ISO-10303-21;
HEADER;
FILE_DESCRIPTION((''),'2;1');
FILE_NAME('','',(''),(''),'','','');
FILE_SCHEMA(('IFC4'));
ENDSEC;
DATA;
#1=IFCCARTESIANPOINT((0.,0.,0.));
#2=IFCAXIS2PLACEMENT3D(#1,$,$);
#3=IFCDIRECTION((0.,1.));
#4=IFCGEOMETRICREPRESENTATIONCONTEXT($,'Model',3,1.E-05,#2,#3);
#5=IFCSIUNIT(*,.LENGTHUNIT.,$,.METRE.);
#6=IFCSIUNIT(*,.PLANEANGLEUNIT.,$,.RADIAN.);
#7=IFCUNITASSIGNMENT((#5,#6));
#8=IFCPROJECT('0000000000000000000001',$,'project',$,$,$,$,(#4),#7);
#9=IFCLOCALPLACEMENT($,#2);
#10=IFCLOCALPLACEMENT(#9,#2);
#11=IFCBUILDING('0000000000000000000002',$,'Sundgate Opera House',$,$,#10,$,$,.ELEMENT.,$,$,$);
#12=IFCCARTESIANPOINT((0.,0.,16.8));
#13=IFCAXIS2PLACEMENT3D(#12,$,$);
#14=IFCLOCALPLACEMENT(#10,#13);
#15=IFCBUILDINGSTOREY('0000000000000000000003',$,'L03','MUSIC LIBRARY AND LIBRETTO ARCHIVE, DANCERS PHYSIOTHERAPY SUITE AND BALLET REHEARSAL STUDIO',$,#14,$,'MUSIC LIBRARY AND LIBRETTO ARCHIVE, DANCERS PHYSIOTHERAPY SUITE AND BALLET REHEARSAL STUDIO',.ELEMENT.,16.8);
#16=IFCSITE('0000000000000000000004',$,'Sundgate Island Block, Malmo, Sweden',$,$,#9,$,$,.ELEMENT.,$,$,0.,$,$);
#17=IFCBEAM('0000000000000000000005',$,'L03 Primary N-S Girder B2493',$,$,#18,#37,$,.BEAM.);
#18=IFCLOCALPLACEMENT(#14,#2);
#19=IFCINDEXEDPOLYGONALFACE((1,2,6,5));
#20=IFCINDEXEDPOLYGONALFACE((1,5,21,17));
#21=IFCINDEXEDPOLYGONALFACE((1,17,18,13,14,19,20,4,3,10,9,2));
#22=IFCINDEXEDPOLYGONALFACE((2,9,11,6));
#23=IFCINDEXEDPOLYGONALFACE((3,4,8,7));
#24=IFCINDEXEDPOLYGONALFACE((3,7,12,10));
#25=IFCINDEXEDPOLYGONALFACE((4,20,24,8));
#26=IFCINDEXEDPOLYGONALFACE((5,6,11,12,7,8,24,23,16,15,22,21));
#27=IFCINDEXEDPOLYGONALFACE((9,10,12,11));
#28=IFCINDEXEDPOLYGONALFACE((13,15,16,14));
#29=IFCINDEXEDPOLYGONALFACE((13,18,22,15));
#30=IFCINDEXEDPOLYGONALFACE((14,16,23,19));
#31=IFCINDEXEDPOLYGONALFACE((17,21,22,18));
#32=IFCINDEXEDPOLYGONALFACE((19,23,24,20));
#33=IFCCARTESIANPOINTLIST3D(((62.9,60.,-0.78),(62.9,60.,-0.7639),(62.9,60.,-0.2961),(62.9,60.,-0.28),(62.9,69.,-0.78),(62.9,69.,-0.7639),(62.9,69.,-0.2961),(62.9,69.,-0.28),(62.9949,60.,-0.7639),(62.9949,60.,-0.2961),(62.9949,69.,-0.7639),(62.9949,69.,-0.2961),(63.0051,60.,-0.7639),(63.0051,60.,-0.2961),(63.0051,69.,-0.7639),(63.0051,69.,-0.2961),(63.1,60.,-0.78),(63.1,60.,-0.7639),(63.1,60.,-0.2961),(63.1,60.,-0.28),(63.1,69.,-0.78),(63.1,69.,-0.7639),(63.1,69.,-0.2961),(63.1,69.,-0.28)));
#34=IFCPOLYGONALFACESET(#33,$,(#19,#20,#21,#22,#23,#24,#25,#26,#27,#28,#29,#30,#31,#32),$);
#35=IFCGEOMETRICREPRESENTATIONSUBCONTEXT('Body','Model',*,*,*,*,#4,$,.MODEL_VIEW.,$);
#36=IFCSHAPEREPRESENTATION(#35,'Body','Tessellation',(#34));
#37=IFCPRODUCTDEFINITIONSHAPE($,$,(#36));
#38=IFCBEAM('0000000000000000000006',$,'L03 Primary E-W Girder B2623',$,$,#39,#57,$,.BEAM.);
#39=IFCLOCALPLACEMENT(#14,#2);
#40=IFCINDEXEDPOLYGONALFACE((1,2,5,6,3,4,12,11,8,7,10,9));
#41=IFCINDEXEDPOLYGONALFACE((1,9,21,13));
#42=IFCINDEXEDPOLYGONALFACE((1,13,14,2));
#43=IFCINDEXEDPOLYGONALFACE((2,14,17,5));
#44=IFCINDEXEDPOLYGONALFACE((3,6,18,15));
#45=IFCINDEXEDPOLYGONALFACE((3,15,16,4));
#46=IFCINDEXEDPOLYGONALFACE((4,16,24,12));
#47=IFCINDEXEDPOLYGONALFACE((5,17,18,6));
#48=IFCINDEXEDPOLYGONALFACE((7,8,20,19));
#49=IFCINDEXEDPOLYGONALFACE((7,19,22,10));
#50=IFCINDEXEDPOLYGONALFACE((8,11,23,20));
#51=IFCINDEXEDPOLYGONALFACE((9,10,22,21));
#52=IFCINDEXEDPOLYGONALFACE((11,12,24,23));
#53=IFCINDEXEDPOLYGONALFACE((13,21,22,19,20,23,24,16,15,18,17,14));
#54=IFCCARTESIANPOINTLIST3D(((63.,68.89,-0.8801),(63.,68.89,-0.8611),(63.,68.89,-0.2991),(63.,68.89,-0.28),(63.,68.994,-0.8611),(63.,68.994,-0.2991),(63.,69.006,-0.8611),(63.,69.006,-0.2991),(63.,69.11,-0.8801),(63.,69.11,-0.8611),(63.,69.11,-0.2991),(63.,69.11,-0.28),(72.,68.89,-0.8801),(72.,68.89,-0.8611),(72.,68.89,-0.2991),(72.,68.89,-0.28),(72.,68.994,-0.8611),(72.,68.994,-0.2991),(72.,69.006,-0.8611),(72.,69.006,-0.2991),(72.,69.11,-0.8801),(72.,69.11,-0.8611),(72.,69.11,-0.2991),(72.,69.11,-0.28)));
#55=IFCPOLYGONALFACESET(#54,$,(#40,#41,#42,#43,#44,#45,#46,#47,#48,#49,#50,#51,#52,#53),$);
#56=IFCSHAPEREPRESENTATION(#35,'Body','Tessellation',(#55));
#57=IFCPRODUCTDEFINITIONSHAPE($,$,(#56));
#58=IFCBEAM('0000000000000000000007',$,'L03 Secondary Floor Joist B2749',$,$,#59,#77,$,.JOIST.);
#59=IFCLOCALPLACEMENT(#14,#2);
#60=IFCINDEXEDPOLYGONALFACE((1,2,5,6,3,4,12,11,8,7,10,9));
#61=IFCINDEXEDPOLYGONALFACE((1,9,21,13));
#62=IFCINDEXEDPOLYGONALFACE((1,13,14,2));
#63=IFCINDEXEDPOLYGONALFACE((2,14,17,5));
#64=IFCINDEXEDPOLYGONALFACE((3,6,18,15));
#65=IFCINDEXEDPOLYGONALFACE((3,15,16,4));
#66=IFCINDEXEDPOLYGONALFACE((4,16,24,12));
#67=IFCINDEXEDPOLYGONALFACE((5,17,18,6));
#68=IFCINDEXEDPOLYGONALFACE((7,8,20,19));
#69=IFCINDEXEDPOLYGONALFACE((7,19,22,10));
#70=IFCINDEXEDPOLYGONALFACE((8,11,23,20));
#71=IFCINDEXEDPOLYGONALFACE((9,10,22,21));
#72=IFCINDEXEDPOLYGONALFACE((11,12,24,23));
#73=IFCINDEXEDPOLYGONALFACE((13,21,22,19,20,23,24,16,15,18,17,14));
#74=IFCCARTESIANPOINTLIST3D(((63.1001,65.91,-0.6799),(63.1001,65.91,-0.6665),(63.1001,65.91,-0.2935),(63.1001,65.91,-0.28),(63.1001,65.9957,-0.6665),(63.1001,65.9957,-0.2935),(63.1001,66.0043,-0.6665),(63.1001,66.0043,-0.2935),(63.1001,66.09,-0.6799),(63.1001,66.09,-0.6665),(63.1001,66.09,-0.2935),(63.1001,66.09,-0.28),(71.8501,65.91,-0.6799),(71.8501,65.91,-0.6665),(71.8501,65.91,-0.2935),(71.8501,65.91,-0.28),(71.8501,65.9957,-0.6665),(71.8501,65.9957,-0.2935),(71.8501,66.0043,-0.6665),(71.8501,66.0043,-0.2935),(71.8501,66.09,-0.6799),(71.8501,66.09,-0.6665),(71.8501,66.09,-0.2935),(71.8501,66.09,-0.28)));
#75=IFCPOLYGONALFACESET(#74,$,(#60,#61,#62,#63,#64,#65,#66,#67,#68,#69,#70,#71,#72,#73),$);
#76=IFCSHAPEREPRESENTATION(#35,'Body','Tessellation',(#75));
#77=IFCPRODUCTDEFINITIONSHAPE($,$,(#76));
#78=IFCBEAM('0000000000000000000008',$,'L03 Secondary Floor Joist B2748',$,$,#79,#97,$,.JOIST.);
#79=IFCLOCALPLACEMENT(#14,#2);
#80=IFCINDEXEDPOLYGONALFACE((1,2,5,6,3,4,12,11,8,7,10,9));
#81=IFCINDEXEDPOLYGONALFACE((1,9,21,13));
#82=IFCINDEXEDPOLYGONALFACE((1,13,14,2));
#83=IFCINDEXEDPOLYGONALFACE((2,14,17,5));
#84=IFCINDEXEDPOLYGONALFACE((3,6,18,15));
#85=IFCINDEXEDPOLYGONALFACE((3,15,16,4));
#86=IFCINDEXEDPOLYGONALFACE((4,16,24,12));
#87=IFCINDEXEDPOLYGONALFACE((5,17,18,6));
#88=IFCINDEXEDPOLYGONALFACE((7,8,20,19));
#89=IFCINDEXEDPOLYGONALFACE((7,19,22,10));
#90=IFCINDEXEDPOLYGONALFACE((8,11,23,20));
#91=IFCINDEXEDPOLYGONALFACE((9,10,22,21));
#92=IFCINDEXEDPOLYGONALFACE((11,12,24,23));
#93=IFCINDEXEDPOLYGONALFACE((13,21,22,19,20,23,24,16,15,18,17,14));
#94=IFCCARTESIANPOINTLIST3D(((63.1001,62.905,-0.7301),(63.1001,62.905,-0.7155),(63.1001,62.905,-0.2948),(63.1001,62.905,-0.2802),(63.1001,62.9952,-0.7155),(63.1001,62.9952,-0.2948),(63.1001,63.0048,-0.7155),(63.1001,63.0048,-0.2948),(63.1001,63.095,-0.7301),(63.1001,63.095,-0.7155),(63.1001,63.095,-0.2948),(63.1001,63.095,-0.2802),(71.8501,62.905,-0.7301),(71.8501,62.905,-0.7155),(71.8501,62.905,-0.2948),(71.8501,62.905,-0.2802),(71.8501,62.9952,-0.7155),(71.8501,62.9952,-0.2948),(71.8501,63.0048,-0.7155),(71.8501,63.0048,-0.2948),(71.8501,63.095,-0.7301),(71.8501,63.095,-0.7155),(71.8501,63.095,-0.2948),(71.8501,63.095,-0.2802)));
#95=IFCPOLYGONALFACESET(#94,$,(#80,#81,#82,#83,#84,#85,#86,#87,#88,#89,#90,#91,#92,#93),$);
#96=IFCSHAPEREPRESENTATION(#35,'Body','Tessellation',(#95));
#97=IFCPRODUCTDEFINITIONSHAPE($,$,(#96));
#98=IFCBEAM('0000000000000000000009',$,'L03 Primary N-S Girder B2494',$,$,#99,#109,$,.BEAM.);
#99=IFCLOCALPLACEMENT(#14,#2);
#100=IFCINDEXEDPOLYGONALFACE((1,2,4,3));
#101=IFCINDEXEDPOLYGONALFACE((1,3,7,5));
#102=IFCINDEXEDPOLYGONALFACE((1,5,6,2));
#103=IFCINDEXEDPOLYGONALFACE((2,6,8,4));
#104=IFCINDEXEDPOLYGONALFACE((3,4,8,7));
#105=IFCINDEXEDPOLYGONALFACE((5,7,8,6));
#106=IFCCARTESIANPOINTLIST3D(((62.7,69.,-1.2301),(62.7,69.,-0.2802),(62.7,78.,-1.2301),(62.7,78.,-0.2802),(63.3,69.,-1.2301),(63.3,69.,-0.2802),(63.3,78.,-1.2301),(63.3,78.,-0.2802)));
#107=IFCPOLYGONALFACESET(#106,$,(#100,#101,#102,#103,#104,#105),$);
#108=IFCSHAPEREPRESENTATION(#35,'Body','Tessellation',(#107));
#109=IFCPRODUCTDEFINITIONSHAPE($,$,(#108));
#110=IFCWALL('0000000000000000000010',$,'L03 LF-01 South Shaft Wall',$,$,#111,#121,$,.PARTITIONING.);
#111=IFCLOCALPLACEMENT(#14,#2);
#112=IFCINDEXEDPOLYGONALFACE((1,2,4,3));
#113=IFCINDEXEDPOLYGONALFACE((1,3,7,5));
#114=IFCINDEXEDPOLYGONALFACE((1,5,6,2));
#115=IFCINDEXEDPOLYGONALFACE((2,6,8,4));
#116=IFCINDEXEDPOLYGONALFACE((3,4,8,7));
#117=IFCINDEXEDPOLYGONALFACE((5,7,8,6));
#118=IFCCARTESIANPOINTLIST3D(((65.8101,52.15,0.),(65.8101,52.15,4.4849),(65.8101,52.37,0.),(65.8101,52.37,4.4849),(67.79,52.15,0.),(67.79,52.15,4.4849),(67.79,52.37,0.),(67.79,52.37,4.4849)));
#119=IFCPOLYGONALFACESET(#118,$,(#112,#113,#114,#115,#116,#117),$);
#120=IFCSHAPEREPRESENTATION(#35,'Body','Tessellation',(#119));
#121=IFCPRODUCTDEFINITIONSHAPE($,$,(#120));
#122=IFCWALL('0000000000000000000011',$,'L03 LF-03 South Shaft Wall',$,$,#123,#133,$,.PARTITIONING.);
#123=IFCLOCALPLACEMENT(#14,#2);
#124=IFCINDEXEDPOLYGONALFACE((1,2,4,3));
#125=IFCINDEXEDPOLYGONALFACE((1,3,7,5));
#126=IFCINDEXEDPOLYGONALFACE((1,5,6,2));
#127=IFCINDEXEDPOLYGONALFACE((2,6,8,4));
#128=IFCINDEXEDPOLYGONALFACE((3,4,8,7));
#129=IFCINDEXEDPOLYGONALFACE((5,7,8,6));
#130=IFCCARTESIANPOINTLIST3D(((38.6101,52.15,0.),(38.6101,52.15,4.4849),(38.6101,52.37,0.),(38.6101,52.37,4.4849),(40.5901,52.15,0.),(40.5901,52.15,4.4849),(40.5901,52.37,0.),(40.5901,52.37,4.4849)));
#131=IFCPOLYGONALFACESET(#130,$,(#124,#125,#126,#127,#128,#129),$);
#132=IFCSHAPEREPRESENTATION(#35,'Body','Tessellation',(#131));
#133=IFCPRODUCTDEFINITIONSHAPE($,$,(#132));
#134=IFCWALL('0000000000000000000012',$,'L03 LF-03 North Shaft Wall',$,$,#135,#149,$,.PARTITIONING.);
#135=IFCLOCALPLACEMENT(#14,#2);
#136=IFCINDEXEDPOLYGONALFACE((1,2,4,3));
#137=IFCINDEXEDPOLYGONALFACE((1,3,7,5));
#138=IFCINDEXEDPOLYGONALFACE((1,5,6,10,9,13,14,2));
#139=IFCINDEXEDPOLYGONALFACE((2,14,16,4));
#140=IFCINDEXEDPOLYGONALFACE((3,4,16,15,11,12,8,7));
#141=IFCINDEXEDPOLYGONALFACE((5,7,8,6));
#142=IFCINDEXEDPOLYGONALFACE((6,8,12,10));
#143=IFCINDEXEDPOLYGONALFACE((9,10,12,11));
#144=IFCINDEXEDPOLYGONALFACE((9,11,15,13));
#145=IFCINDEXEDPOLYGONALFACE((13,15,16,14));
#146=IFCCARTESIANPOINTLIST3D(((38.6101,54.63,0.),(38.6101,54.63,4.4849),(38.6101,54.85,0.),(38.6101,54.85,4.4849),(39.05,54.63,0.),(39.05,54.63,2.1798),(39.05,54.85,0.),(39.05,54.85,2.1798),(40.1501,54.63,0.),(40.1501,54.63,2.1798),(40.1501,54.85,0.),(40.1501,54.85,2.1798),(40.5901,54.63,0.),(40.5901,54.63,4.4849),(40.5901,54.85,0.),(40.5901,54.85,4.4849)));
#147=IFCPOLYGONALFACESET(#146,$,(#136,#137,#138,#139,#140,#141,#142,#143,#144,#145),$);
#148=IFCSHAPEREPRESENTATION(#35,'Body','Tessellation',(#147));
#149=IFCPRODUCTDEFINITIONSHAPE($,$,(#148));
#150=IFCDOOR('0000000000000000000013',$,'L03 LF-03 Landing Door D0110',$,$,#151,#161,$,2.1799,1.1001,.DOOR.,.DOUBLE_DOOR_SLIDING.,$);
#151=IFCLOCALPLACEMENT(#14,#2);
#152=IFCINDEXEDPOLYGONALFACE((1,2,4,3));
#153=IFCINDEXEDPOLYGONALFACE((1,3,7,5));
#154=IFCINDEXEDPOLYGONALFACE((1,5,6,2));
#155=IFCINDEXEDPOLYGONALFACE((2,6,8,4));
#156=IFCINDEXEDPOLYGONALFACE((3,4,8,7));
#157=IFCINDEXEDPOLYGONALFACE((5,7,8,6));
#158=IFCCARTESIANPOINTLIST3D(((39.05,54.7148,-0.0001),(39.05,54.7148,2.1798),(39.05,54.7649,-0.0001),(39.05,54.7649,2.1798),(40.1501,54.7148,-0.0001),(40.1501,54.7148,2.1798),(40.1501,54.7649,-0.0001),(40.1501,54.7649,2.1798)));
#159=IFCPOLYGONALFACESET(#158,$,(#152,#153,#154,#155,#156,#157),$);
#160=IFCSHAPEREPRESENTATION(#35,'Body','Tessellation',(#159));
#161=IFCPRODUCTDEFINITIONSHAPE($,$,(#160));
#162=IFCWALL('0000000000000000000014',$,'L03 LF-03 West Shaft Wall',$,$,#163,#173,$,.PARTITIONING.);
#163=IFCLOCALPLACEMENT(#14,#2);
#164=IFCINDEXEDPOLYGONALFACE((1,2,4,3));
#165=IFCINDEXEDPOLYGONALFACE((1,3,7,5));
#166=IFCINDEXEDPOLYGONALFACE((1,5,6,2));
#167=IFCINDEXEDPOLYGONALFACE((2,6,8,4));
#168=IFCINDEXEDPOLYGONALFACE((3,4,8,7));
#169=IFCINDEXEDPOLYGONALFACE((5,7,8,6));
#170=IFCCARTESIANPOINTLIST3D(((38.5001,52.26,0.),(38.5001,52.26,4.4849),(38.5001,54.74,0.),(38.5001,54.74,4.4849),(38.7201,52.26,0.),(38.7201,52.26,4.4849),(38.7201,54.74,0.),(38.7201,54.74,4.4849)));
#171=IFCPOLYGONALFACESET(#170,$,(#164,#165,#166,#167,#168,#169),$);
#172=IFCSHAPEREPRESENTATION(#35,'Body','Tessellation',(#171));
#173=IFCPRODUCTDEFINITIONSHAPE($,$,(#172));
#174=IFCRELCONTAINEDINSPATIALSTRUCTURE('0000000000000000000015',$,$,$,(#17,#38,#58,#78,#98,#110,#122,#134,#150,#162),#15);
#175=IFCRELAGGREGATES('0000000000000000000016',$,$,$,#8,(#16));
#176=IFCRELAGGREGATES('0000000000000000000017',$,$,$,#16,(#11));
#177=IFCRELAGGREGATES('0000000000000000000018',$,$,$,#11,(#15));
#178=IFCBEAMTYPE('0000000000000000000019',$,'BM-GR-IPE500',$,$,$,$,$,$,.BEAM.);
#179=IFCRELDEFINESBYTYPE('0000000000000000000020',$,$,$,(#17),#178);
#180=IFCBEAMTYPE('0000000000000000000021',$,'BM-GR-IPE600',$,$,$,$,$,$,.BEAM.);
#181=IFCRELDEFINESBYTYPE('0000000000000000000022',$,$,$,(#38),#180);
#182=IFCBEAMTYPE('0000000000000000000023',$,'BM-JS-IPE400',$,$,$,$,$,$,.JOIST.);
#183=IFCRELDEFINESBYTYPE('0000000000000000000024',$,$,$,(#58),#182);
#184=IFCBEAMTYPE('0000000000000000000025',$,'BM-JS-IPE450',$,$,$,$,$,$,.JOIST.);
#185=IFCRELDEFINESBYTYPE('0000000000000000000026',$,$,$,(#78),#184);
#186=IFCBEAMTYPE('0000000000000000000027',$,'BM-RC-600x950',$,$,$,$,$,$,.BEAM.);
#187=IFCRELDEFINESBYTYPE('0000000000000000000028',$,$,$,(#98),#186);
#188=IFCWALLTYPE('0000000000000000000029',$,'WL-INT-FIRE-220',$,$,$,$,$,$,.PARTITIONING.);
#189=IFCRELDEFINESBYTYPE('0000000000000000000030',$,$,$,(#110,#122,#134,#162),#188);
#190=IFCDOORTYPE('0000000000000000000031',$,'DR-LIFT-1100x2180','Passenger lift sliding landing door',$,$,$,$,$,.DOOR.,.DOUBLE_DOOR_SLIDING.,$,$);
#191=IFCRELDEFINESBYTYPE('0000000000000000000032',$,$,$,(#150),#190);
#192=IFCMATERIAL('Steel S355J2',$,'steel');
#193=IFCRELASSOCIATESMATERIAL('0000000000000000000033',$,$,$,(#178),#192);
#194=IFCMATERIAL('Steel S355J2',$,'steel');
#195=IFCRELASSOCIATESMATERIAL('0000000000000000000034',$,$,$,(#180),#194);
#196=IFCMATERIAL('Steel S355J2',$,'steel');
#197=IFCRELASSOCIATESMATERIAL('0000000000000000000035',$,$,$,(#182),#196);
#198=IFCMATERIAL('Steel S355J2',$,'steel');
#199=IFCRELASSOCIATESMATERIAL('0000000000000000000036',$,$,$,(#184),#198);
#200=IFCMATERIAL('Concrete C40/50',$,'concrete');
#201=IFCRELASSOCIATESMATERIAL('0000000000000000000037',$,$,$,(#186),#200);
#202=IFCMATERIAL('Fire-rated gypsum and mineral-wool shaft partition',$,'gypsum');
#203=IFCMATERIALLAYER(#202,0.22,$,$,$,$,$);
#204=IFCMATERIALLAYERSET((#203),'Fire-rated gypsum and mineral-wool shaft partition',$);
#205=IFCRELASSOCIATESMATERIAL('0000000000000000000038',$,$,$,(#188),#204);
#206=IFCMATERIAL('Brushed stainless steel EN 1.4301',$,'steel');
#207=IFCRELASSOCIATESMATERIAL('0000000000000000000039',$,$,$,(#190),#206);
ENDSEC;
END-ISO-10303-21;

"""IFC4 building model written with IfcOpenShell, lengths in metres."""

from ifc_helpers import new_model, si_unit, direction, frame, frame_2d, origin, origin_2d, place, context, subcontext, project, spatial, rectangle, i_section, extrude, material, layer, layer_set, material_profile, profile_set, type_object, element, fill, save


model = new_model("IFC4")

# Units and contexts
model_context = context("Model", 3, precision=1e-05, world=origin(), true_north=direction((0.0, 1.0)))
body_context = subcontext(model_context, "Body", "Model", "MODEL_VIEW")
ifc_project = project(units=[si_unit("LENGTHUNIT", "METRE"), si_unit("PLANEANGLEUNIT", "RADIAN")], contexts=[model_context])

# Site, building, storey
site_placement = place(None, origin())
site = spatial("IfcSite", under=ifc_project, at=site_placement, Name="Sundgate Island Block, Malmo, Sweden", CompositionType="ELEMENT", RefElevation=0.0)
building_placement = place(site_placement, origin())
building = spatial("IfcBuilding", under=site, at=building_placement, Name="Sundgate Opera House", CompositionType="ELEMENT")
storey_placement = place(building_placement, frame((0.0, 0.0, 16.8)))
storey = spatial("IfcBuildingStorey", under=building, at=storey_placement, Name="L03", Description="MUSIC LIBRARY AND LIBRETTO ARCHIVE, DANCERS PHYSIOTHERAPY SUITE AND BALLET REHEARSAL STUDIO", LongName="MUSIC LIBRARY AND LIBRETTO ARCHIVE, DANCERS PHYSIOTHERAPY SUITE AND BALLET REHEARSAL STUDIO", CompositionType="ELEMENT", Elevation=16.8)

# Beams
ifc_material_1 = material(Name="Steel S355J2", Category="steel")
ifc_material_profile_1 = material_profile(ifc_material_1, i_section(OverallWidth=0.2, OverallDepth=0.5, WebThickness=0.0103, FlangeThickness=0.0161, at=origin_2d()), Name="IPE 500")
ifc_profile_set_1 = profile_set([ifc_material_profile_1], Name="Steel S355J2")
beam_type_1 = type_object("IfcBeamType", Name="BM-GR-IPE500", PredefinedType="BEAM", material=ifc_profile_set_1)
beam_1_placement = place(storey_placement, frame((63.0, 60.0, -0.53), z_axis=(0.0, 1.0, 0.0), x_axis=(-1.0, 0.0, 0.0)))
element("IfcBeam", 1, at=beam_1_placement, inside=storey, type_object=beam_type_1, Name="L03 Primary N-S Girder B2493", PredefinedType="BEAM", context=body_context, shape_type="SweptSolid", body=[
    extrude(i_section(OverallWidth=0.2, OverallDepth=0.5, WebThickness=0.0103, FlangeThickness=0.0161, at=origin_2d()), origin(), (0.0, 0.0, 1.0), 9.0),
])
ifc_material_2 = material(Name="Steel S355J2", Category="steel")
ifc_material_profile_2 = material_profile(ifc_material_2, i_section(OverallWidth=0.22, OverallDepth=0.6001, WebThickness=0.012, FlangeThickness=0.019, at=origin_2d()), Name="IPE 600")
ifc_profile_set_2 = profile_set([ifc_material_profile_2], Name="Steel S355J2")
beam_type_2 = type_object("IfcBeamType", Name="BM-GR-IPE600", PredefinedType="BEAM", material=ifc_profile_set_2)
beam_2_placement = place(storey_placement, frame((63.0, 69.0, -0.5801), z_axis=(1.0, 0.0, 0.0), x_axis=(0.0, 1.0, 0.0)))
element("IfcBeam", 2, at=beam_2_placement, inside=storey, type_object=beam_type_2, Name="L03 Primary E-W Girder B2623", PredefinedType="BEAM", context=body_context, shape_type="SweptSolid", body=[
    extrude(i_section(OverallWidth=0.22, OverallDepth=0.6001, WebThickness=0.012, FlangeThickness=0.019, at=origin_2d()), origin(), (0.0, 0.0, 1.0), 9.0),
])
ifc_material_3 = material(Name="Steel S355J2", Category="steel")
ifc_material_profile_3 = material_profile(ifc_material_3, i_section(OverallWidth=0.1799, OverallDepth=0.3999, WebThickness=0.0085, FlangeThickness=0.0134, at=origin_2d()), Name="IPE 400")
ifc_profile_set_3 = profile_set([ifc_material_profile_3], Name="Steel S355J2")
beam_type_3 = type_object("IfcBeamType", Name="BM-JS-IPE400", PredefinedType="JOIST", material=ifc_profile_set_3)
beam_3_placement = place(storey_placement, frame((63.1001, 66.0, -0.48), z_axis=(1.0, 0.0, 0.0), x_axis=(0.0, 1.0, 0.0)))
element("IfcBeam", 3, at=beam_3_placement, inside=storey, type_object=beam_type_3, Name="L03 Secondary Floor Joist B2749", PredefinedType="JOIST", context=body_context, shape_type="SweptSolid", body=[
    extrude(i_section(OverallWidth=0.1799, OverallDepth=0.3999, WebThickness=0.0085, FlangeThickness=0.0134, at=origin_2d()), origin(), (0.0, 0.0, 1.0), 8.75),
])
ifc_material_4 = material(Name="Steel S355J2", Category="steel")
ifc_material_profile_4 = material_profile(ifc_material_4, i_section(OverallWidth=0.1899, OverallDepth=0.45, WebThickness=0.0095, FlangeThickness=0.0146, at=origin_2d()), Name="IPE 450")
ifc_profile_set_4 = profile_set([ifc_material_profile_4], Name="Steel S355J2")
beam_type_4 = type_object("IfcBeamType", Name="BM-JS-IPE450", PredefinedType="JOIST", material=ifc_profile_set_4)
beam_4_placement = place(storey_placement, frame((63.1001, 63.0, -0.5051), z_axis=(1.0, 0.0, 0.0), x_axis=(0.0, 1.0, 0.0)))
element("IfcBeam", 4, at=beam_4_placement, inside=storey, type_object=beam_type_4, Name="L03 Secondary Floor Joist B2748", PredefinedType="JOIST", context=body_context, shape_type="SweptSolid", body=[
    extrude(i_section(OverallWidth=0.1899, OverallDepth=0.45, WebThickness=0.0095, FlangeThickness=0.0146, at=origin_2d()), origin(), (0.0, 0.0, 1.0), 8.75),
])
ifc_material_5 = material(Name="Concrete C40/50", Category="concrete")
ifc_material_profile_5 = material_profile(ifc_material_5, rectangle(XDim=0.6001, YDim=0.95, at=origin_2d()), Name="RC 600x950")
ifc_profile_set_5 = profile_set([ifc_material_profile_5], Name="Concrete C40/50")
beam_type_5 = type_object("IfcBeamType", Name="BM-RC-600x950", PredefinedType="BEAM", material=ifc_profile_set_5)
beam_5_placement = place(storey_placement, frame((63.0, 69.0, -0.7551), z_axis=(0.0, 1.0, 0.0), x_axis=(-1.0, 0.0, 0.0)))
element("IfcBeam", 5, at=beam_5_placement, inside=storey, type_object=beam_type_5, Name="L03 Primary N-S Girder B2494", PredefinedType="BEAM", context=body_context, shape_type="SweptSolid", body=[
    extrude(rectangle(XDim=0.6001, YDim=0.95, at=origin_2d()), origin(), (0.0, 0.0, 1.0), 9.0),
])

# Walls
ifc_material_6 = material(Name="Fire-rated gypsum and mineral-wool shaft partition", Category="gypsum")
ifc_layer_1 = layer(ifc_material_6, 0.22)
ifc_layer_set_1 = layer_set([ifc_layer_1], Name="Fire-rated gypsum and mineral-wool shaft partition")
wall_type_1 = type_object("IfcWallType", Name="WL-INT-FIRE-220", PredefinedType="PARTITIONING", material=ifc_layer_set_1)
for number, where, z_axis, x_axis, name in (
    (6, (65.8101, 52.26, 0.0), (0.0, 0.0, 1.0), (1.0, 0.0, 0.0), "L03 LF-01 South Shaft Wall"),
    (7, (38.6101, 52.26, 0.0), (0.0, 0.0, 1.0), (1.0, 0.0, 0.0), "L03 LF-03 South Shaft Wall"),
):
    element("IfcWall", number, at=place(storey_placement, frame(where, z_axis=z_axis, x_axis=x_axis)), inside=storey, type_object=wall_type_1, Name=name, PredefinedType="PARTITIONING", context=body_context, shape_type="SweptSolid", body=[
        extrude(rectangle(XDim=1.98, YDim=0.22, at=frame_2d((0.99, 0.0))), origin(), (0.0, 0.0, 1.0), 4.4849),
    ])

# Wall, opening, door
wall_1_placement = place(storey_placement, frame((38.6101, 54.74, 0.0), z_axis=(0.0, 0.0, 1.0), x_axis=(1.0, 0.0, 0.0)))
wall_1 = element("IfcWall", 8, at=wall_1_placement, inside=storey, type_object=wall_type_1, Name="L03 LF-03 North Shaft Wall", PredefinedType="PARTITIONING", context=body_context, shape_type="SweptSolid", body=[
    extrude(rectangle(XDim=1.98, YDim=0.22, at=frame_2d((0.99, 0.0))), origin(), (0.0, 0.0, 1.0), 4.4849),
])
opening_1_placement = place(wall_1_placement, frame((0.4399, 0.0, 0.0)))
opening_1 = element("IfcOpeningElement", 9, at=opening_1_placement, cuts=wall_1, PredefinedType="OPENING", context=body_context, shape_type="SweptSolid", body=[
    extrude(rectangle(XDim=1.1001, YDim=2.1799, at=frame_2d((0.55, 1.0898))), frame((0.0, 0.1199, 0.0), z_axis=(0.0, -1.0, 0.0), x_axis=(1.0, 0.0, 0.0)), (0.0, 0.0, 1.0), 0.24),
])
ifc_material_7 = material(Name="Brushed stainless steel EN 1.4301", Category="steel")
door_type_1 = type_object("IfcDoorType", Name="DR-LIFT-1100x2180", Description="Passenger lift sliding landing door", OperationType="DOUBLE_DOOR_SLIDING", PredefinedType="DOOR", material=ifc_material_7)
door_1_placement = place(opening_1_placement, origin())
door_1 = element("IfcDoor", 10, at=door_1_placement, inside=storey, type_object=door_type_1, Name="L03 LF-03 Landing Door D0110", OperationType="DOUBLE_DOOR_SLIDING", OverallHeight=2.1799, OverallWidth=1.1001, PredefinedType="DOOR", context=body_context, shape_type="SweptSolid", body=[
    extrude(rectangle(XDim=1.1001, YDim=2.1799, at=frame_2d((0.55, 1.0898))), frame((0.0, 0.0249, 0.0), z_axis=(0.0, -1.0, 0.0), x_axis=(1.0, 0.0, 0.0)), (0.0, 0.0, 1.0), 0.05),
])
fill(opening_1, door_1)

# Wall
for number, where, z_axis, x_axis, name in (
    (11, (38.6101, 52.26, 0.0), (0.0, 0.0, 1.0), (0.0, 1.0, 0.0), "L03 LF-03 West Shaft Wall"),
):
    element("IfcWall", number, at=place(storey_placement, frame(where, z_axis=z_axis, x_axis=x_axis)), inside=storey, type_object=wall_type_1, Name=name, PredefinedType="PARTITIONING", context=body_context, shape_type="SweptSolid", body=[
        extrude(rectangle(XDim=2.48, YDim=0.22, at=frame_2d((1.24, 0.0))), origin(), (0.0, 0.0, 1.0), 4.4849),
    ])

save(model, "model.ifc")
